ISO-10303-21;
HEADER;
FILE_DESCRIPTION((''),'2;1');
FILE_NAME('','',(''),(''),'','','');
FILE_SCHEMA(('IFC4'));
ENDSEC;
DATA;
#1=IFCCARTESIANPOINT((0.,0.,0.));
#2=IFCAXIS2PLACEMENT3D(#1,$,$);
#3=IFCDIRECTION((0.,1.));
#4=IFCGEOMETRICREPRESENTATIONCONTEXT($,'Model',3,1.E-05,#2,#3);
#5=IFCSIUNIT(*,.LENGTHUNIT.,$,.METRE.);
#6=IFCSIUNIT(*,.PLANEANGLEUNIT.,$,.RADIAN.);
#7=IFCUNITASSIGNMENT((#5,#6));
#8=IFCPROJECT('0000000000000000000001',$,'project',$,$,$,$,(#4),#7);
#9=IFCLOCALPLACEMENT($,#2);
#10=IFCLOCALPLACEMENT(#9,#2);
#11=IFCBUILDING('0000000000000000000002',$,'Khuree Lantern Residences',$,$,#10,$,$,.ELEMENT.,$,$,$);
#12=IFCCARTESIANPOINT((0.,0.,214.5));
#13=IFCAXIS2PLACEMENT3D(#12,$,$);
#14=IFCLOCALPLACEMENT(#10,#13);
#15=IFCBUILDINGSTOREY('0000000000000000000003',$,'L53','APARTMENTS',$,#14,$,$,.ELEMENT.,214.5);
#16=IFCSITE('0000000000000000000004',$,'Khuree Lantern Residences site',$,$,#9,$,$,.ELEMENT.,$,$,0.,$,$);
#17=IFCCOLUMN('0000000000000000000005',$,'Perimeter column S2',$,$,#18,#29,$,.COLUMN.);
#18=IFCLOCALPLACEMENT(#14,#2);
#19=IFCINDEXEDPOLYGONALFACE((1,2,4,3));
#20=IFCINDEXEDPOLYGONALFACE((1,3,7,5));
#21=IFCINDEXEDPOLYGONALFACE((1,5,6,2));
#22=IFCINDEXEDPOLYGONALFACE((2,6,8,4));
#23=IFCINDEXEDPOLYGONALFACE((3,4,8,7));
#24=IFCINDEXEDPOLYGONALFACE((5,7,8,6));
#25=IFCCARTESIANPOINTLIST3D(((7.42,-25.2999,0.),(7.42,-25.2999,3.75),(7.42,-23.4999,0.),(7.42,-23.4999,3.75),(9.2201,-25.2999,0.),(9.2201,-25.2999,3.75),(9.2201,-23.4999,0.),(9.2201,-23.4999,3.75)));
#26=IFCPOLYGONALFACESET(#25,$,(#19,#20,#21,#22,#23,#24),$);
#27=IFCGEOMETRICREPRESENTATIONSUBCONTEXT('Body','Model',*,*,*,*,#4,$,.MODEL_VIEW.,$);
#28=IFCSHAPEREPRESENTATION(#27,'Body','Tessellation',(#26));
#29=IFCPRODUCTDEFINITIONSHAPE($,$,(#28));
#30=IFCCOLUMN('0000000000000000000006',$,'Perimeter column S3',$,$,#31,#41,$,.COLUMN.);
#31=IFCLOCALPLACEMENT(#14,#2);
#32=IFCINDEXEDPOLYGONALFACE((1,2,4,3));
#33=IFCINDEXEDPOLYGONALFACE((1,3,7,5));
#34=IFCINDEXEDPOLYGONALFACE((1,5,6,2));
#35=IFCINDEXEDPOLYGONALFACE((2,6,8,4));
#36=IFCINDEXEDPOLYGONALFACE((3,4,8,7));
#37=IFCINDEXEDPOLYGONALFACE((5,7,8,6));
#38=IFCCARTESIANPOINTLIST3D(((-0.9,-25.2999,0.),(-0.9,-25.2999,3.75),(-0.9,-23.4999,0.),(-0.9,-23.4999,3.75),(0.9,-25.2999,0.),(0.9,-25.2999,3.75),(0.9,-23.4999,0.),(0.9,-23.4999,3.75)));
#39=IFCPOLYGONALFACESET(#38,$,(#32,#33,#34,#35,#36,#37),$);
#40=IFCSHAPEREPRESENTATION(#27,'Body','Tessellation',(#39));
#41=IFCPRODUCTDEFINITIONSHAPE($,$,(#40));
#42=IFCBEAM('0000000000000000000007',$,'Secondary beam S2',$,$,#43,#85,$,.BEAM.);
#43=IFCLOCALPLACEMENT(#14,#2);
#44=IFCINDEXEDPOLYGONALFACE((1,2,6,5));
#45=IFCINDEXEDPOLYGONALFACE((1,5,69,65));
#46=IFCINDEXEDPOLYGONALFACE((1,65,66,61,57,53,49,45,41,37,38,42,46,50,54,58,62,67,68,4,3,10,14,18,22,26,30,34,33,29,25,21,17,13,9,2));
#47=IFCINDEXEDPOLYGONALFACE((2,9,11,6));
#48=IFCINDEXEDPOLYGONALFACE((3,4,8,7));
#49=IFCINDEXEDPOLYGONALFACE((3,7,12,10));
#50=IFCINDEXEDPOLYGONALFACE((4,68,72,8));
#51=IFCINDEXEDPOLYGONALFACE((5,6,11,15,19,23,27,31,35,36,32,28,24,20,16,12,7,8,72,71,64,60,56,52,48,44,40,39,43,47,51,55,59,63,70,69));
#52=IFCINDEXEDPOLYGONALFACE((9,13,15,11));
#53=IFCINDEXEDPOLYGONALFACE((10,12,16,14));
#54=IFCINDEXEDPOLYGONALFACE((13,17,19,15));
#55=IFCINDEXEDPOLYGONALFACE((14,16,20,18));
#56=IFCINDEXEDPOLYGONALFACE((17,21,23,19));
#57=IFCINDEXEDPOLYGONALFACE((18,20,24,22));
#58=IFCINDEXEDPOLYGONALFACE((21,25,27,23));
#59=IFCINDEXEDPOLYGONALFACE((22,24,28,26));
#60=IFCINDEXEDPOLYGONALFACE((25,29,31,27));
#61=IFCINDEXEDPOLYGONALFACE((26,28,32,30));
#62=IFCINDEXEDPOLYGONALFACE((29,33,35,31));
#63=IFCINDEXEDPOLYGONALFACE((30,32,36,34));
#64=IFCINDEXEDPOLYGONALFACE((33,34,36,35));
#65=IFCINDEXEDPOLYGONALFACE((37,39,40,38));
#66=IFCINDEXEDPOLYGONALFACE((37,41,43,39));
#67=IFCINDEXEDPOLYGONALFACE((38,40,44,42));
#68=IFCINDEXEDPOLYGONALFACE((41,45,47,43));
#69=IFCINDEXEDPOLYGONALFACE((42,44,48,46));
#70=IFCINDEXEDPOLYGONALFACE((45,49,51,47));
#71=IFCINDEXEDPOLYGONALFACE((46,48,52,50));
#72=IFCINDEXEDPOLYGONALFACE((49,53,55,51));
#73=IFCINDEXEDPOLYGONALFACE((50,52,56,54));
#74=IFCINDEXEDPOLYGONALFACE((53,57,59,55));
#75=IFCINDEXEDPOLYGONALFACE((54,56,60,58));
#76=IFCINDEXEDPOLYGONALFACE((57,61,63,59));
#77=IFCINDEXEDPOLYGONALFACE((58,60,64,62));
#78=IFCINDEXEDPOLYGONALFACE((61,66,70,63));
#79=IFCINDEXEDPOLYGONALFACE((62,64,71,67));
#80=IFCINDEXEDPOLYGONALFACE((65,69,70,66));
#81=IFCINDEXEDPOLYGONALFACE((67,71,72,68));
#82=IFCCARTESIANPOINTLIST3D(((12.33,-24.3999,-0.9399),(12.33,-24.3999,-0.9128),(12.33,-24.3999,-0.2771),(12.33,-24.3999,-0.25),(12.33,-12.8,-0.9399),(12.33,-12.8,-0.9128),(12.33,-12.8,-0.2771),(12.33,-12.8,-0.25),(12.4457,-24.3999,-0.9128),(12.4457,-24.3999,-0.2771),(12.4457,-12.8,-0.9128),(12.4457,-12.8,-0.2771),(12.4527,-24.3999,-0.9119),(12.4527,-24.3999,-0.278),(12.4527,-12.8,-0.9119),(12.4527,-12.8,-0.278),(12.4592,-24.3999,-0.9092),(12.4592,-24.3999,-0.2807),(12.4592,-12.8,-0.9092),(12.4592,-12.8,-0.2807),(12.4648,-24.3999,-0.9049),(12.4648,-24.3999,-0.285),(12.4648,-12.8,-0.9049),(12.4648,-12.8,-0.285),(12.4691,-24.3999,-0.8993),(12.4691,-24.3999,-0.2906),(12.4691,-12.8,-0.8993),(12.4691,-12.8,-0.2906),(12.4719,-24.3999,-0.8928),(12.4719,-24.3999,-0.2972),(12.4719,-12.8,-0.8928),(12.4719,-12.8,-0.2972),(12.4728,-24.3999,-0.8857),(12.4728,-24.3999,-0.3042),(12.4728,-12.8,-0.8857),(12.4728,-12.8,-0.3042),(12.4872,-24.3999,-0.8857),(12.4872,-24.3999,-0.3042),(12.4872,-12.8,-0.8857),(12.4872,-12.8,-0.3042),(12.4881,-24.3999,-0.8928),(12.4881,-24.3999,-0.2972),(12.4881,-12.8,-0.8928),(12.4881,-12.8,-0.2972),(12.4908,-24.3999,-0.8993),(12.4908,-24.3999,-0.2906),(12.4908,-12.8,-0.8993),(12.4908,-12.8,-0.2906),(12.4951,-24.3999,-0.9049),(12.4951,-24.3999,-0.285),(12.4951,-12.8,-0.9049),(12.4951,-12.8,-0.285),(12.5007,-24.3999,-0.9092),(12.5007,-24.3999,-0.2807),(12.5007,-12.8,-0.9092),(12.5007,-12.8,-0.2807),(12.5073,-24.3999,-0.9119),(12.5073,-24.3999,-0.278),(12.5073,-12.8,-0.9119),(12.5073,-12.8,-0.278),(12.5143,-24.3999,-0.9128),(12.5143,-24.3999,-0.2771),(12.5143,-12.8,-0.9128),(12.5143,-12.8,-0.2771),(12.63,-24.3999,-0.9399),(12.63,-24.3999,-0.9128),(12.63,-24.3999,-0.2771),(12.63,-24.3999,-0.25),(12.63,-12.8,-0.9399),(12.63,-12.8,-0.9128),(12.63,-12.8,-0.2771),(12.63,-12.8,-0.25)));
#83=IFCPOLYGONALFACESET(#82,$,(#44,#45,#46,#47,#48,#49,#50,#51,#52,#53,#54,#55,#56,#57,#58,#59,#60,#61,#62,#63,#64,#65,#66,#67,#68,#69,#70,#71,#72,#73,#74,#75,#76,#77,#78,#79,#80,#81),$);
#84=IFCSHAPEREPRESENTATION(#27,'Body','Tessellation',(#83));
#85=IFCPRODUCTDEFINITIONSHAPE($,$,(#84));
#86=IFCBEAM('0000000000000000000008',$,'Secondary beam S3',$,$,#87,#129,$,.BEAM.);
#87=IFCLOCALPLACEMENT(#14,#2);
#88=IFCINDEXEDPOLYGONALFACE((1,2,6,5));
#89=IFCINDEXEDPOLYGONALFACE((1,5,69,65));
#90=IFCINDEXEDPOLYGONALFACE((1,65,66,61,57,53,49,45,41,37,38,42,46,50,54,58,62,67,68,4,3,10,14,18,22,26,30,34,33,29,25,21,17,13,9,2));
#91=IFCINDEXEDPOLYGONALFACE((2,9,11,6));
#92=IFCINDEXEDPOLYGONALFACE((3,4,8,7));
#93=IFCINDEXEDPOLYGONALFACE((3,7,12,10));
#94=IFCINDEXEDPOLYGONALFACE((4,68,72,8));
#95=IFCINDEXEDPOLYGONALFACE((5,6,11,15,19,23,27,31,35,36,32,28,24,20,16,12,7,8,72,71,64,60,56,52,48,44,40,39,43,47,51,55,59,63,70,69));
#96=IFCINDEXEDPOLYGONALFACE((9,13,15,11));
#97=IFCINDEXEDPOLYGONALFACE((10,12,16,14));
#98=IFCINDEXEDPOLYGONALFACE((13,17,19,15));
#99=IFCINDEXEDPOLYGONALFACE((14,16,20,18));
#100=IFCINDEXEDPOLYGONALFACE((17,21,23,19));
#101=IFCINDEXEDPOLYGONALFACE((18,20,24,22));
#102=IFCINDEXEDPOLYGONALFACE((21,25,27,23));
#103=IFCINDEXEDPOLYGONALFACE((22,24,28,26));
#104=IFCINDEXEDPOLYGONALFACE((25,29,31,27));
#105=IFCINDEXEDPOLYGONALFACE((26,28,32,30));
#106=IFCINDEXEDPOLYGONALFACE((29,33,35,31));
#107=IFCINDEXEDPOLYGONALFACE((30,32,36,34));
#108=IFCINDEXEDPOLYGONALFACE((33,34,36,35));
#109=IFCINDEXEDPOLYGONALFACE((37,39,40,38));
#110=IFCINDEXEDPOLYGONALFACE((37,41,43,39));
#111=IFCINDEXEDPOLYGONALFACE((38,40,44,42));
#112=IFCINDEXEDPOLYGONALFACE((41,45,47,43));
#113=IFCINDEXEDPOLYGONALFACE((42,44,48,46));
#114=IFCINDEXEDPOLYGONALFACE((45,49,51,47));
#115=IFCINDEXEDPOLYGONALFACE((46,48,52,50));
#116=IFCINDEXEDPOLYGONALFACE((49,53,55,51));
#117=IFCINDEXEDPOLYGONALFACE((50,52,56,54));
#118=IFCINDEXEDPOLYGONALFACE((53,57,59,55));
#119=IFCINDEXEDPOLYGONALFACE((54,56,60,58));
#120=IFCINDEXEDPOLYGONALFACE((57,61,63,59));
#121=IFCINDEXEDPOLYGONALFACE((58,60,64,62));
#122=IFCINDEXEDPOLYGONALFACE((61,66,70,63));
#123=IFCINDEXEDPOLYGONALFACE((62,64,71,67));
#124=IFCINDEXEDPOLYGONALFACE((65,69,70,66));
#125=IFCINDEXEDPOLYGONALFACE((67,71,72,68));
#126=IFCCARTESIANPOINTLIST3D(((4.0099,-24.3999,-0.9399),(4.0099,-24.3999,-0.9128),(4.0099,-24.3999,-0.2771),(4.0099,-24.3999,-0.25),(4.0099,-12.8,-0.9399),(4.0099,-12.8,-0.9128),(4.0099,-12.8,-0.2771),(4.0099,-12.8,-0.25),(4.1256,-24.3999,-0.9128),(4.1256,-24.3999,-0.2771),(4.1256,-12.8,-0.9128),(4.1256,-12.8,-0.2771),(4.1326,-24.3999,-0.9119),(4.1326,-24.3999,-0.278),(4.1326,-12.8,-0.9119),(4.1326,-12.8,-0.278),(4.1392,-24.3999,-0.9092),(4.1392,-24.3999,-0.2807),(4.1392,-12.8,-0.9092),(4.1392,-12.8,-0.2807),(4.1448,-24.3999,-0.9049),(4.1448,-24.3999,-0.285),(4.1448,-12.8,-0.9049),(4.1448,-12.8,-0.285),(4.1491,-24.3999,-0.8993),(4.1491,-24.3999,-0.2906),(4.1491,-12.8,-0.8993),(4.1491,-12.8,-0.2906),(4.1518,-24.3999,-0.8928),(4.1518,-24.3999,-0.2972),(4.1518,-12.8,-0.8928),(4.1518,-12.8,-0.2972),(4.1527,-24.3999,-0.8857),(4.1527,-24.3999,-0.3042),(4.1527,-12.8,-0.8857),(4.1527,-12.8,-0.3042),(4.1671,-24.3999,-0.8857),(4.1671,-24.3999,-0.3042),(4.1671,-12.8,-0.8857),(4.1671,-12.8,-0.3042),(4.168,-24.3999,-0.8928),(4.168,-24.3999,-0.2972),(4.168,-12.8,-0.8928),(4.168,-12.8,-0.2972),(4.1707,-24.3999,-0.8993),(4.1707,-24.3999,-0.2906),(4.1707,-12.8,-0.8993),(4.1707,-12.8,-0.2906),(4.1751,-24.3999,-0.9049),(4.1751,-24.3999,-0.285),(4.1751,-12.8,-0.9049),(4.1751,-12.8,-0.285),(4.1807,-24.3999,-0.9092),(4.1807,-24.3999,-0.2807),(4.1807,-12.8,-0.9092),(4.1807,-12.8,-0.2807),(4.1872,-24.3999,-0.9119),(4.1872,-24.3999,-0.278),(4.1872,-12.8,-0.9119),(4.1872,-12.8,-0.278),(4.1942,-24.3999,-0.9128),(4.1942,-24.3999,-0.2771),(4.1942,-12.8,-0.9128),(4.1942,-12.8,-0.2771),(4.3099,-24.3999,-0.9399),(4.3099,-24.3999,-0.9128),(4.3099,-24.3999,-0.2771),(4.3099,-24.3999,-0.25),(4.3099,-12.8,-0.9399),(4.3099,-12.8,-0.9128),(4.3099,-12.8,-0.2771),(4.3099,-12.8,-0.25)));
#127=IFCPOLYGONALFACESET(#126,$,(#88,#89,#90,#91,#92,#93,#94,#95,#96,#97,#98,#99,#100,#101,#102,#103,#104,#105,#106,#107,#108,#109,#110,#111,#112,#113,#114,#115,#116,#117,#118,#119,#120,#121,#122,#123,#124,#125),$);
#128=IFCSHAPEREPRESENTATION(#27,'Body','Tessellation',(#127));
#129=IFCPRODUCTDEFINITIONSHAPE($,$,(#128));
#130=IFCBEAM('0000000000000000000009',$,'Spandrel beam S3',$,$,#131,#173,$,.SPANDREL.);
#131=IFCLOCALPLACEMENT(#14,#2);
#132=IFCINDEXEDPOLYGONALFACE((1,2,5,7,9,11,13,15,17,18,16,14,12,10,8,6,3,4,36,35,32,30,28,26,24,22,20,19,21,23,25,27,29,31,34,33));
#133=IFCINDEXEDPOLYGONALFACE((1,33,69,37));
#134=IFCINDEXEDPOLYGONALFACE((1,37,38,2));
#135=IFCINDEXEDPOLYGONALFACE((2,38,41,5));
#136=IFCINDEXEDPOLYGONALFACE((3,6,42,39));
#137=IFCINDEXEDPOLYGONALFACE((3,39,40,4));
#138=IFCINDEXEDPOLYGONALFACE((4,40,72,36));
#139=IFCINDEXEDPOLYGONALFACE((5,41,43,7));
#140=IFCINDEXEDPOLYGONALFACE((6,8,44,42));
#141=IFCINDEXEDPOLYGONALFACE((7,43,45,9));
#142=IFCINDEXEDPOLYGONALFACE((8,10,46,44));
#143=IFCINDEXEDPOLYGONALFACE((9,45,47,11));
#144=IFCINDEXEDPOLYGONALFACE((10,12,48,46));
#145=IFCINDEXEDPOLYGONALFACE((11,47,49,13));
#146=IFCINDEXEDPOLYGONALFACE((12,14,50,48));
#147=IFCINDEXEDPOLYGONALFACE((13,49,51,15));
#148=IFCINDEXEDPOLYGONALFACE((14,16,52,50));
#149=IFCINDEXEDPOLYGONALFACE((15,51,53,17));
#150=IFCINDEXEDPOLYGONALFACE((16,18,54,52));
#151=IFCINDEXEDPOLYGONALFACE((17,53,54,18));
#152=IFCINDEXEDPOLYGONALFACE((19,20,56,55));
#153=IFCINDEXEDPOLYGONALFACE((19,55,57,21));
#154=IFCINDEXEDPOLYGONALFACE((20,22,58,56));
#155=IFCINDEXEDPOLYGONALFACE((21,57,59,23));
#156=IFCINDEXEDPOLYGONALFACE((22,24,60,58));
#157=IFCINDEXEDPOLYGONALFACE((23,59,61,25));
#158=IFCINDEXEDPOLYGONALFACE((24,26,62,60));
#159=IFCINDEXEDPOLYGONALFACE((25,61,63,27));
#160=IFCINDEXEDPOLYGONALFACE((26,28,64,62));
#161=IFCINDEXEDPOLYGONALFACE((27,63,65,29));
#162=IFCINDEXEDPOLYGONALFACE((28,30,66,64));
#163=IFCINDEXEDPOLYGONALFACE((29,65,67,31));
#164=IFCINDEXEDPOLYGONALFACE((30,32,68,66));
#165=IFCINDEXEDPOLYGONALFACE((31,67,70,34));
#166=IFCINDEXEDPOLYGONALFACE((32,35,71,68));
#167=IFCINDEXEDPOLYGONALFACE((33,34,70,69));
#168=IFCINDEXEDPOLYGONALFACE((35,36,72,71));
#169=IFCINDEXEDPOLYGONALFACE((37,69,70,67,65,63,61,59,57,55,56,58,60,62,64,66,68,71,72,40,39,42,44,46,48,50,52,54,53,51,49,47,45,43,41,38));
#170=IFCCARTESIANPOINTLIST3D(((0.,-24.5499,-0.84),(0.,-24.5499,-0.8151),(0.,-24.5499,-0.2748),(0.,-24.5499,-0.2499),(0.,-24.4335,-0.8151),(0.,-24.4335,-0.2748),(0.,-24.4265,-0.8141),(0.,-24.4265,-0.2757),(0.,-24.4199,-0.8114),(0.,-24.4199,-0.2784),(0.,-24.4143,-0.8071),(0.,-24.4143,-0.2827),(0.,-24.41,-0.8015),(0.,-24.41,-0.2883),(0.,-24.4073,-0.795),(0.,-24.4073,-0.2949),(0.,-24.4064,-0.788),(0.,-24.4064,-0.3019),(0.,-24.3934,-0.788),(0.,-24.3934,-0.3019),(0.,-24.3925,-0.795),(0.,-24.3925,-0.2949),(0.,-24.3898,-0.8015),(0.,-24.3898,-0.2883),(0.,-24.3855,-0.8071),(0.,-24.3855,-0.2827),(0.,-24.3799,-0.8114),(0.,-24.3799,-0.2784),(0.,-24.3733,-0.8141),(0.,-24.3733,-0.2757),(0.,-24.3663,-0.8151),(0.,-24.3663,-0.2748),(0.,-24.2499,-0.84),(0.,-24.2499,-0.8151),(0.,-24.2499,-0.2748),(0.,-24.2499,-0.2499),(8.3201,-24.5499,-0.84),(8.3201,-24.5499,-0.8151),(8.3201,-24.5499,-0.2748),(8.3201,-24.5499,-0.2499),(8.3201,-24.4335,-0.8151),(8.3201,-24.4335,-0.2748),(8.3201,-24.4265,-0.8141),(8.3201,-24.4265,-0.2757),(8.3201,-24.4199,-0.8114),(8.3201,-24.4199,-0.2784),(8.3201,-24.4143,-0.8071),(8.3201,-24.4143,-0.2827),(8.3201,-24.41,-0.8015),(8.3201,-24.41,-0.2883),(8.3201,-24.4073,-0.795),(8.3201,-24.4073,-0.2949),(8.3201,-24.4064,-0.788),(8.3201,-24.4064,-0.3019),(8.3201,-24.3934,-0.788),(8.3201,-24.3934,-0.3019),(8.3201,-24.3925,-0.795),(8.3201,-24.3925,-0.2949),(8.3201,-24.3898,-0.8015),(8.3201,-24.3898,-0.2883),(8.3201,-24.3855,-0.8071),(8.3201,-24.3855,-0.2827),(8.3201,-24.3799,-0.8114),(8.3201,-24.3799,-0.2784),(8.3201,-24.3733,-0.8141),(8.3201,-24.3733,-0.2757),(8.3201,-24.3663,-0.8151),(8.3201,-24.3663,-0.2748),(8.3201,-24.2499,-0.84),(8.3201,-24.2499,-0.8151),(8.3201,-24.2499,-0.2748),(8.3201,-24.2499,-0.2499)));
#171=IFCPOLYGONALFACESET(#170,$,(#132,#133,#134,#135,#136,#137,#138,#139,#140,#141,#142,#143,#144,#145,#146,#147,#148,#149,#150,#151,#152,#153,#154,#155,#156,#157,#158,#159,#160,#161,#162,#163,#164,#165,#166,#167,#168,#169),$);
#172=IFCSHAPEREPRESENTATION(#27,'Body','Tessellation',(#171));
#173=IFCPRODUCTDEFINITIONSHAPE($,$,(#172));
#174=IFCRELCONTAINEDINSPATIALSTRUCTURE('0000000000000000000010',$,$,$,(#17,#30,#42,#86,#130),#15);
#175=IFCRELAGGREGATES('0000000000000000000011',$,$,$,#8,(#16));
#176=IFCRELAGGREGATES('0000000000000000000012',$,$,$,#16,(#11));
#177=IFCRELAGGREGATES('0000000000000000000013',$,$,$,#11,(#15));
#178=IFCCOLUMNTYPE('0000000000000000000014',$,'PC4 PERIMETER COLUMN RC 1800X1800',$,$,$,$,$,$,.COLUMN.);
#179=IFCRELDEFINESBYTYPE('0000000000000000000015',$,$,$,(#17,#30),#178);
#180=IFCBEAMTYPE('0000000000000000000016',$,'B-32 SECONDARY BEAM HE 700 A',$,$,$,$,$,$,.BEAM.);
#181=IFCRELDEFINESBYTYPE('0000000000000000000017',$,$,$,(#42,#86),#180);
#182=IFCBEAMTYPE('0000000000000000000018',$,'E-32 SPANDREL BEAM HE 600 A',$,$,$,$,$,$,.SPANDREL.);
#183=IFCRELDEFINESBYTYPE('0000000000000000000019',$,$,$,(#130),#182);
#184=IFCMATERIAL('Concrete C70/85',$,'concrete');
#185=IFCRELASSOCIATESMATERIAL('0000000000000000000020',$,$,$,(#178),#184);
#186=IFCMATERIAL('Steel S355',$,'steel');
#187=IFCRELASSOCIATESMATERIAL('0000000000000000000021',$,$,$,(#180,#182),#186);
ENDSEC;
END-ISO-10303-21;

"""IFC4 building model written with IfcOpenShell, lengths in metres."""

from ifc_helpers import new_model, si_unit, direction, frame, origin, origin_2d, place, context, subcontext, project, spatial, rectangle, i_section, extrude, material, material_profile, profile_set, type_object, element, save


model = new_model("IFC4")

# Units and contexts
model_context = context("Model", 3, precision=1e-05, world=origin(), true_north=direction((0.0, 1.0)))
body_context = subcontext(model_context, "Body", "Model", "MODEL_VIEW")
ifc_project = project(units=[si_unit("LENGTHUNIT", "METRE"), si_unit("PLANEANGLEUNIT", "RADIAN")], contexts=[model_context])

# Site, building, storey
site_placement = place(None, origin())
site = spatial("IfcSite", under=ifc_project, at=site_placement, Name="Khuree Lantern Residences site", CompositionType="ELEMENT", RefElevation=0.0)
building_placement = place(site_placement, origin())
building = spatial("IfcBuilding", under=site, at=building_placement, Name="Khuree Lantern Residences", CompositionType="ELEMENT")
storey_placement = place(building_placement, frame((0.0, 0.0, 214.5)))
storey = spatial("IfcBuildingStorey", under=building, at=storey_placement, Name="L53", Description="APARTMENTS", CompositionType="ELEMENT", Elevation=214.5)

# Columns
ifc_material_1 = material(Name="Concrete C70/85", Category="concrete")
ifc_material_profile_1 = material_profile(ifc_material_1, rectangle(XDim=1.8, YDim=1.8, at=origin_2d()), Name="RC 1800X1800")
ifc_profile_set_1 = profile_set([ifc_material_profile_1], Name="Concrete C70/85")
column_type = type_object("IfcColumnType", Name="PC4 PERIMETER COLUMN RC 1800X1800", PredefinedType="COLUMN", material=ifc_profile_set_1)
for number, where, z_axis, x_axis, name in (
    (1, (8.3201, -24.3999, 0.0), (0.0, 0.0, 1.0), (1.0, 0.0, 0.0), "Perimeter column S2"),
    (2, (0.0, -24.3999, 0.0), (0.0, 0.0, 1.0), (1.0, 0.0, 0.0), "Perimeter column S3"),
):
    element("IfcColumn", number, at=place(storey_placement, frame(where, z_axis=z_axis, x_axis=x_axis)), inside=storey, type_object=column_type, Name=name, PredefinedType="COLUMN", context=body_context, shape_type="SweptSolid", body=[
        extrude(rectangle(XDim=1.8, YDim=1.8, at=origin_2d()), origin(), (0.0, 0.0, 1.0), 3.75),
    ])

# Beams
ifc_material_2 = material(Name="Steel S355", Category="steel")
ifc_material_profile_2 = material_profile(ifc_material_2, i_section(OverallWidth=0.3, OverallDepth=0.6899, WebThickness=0.0144, FlangeThickness=0.0271, FilletRadius=0.0271, at=origin_2d()), Name="HE 700 A")
ifc_profile_set_2 = profile_set([ifc_material_profile_2], Name="Steel S355")
beam_type_1 = type_object("IfcBeamType", Name="B-32 SECONDARY BEAM HE 700 A", PredefinedType="BEAM", material=ifc_profile_set_2)
for number, where, z_axis, x_axis, name in (
    (3, (12.48, -24.3999, -0.595), (0.0, 1.0, 0.0), (-1.0, 0.0, 0.0), "Secondary beam S2"),
    (4, (4.1599, -24.3999, -0.595), (0.0, 1.0, 0.0), (-1.0, 0.0, 0.0), "Secondary beam S3"),
):
    element("IfcBeam", number, at=place(storey_placement, frame(where, z_axis=z_axis, x_axis=x_axis)), inside=storey, type_object=beam_type_1, Name=name, PredefinedType="BEAM", context=body_context, shape_type="SweptSolid", body=[
        extrude(i_section(OverallWidth=0.3, OverallDepth=0.6899, WebThickness=0.0144, FlangeThickness=0.0271, FilletRadius=0.0271, at=origin_2d()), origin(), (0.0, 0.0, 1.0), 11.5999),
    ])
ifc_material_profile_3 = material_profile(ifc_material_2, i_section(OverallWidth=0.3, OverallDepth=0.5901, WebThickness=0.0129, FlangeThickness=0.0249, FilletRadius=0.0271, at=origin_2d()), Name="HE 600 A")
ifc_profile_set_3 = profile_set([ifc_material_profile_3], Name="Steel S355")
beam_type_2 = type_object("IfcBeamType", Name="E-32 SPANDREL BEAM HE 600 A", PredefinedType="SPANDREL", material=ifc_profile_set_3)
for number, where, z_axis, x_axis, name in (
    (5, (8.3201, -24.3999, -0.5449), (-1.0, 0.0, 0.0), (0.0, -1.0, 0.0), "Spandrel beam S3"),
):
    element("IfcBeam", number, at=place(storey_placement, frame(where, z_axis=z_axis, x_axis=x_axis)), inside=storey, type_object=beam_type_2, Name=name, PredefinedType="SPANDREL", context=body_context, shape_type="SweptSolid", body=[
        extrude(i_section(OverallWidth=0.3, OverallDepth=0.5901, WebThickness=0.0129, FlangeThickness=0.0249, FilletRadius=0.0271, at=origin_2d()), origin(), (0.0, 0.0, 1.0), 8.3201),
    ])

save(model, "model.ifc")
